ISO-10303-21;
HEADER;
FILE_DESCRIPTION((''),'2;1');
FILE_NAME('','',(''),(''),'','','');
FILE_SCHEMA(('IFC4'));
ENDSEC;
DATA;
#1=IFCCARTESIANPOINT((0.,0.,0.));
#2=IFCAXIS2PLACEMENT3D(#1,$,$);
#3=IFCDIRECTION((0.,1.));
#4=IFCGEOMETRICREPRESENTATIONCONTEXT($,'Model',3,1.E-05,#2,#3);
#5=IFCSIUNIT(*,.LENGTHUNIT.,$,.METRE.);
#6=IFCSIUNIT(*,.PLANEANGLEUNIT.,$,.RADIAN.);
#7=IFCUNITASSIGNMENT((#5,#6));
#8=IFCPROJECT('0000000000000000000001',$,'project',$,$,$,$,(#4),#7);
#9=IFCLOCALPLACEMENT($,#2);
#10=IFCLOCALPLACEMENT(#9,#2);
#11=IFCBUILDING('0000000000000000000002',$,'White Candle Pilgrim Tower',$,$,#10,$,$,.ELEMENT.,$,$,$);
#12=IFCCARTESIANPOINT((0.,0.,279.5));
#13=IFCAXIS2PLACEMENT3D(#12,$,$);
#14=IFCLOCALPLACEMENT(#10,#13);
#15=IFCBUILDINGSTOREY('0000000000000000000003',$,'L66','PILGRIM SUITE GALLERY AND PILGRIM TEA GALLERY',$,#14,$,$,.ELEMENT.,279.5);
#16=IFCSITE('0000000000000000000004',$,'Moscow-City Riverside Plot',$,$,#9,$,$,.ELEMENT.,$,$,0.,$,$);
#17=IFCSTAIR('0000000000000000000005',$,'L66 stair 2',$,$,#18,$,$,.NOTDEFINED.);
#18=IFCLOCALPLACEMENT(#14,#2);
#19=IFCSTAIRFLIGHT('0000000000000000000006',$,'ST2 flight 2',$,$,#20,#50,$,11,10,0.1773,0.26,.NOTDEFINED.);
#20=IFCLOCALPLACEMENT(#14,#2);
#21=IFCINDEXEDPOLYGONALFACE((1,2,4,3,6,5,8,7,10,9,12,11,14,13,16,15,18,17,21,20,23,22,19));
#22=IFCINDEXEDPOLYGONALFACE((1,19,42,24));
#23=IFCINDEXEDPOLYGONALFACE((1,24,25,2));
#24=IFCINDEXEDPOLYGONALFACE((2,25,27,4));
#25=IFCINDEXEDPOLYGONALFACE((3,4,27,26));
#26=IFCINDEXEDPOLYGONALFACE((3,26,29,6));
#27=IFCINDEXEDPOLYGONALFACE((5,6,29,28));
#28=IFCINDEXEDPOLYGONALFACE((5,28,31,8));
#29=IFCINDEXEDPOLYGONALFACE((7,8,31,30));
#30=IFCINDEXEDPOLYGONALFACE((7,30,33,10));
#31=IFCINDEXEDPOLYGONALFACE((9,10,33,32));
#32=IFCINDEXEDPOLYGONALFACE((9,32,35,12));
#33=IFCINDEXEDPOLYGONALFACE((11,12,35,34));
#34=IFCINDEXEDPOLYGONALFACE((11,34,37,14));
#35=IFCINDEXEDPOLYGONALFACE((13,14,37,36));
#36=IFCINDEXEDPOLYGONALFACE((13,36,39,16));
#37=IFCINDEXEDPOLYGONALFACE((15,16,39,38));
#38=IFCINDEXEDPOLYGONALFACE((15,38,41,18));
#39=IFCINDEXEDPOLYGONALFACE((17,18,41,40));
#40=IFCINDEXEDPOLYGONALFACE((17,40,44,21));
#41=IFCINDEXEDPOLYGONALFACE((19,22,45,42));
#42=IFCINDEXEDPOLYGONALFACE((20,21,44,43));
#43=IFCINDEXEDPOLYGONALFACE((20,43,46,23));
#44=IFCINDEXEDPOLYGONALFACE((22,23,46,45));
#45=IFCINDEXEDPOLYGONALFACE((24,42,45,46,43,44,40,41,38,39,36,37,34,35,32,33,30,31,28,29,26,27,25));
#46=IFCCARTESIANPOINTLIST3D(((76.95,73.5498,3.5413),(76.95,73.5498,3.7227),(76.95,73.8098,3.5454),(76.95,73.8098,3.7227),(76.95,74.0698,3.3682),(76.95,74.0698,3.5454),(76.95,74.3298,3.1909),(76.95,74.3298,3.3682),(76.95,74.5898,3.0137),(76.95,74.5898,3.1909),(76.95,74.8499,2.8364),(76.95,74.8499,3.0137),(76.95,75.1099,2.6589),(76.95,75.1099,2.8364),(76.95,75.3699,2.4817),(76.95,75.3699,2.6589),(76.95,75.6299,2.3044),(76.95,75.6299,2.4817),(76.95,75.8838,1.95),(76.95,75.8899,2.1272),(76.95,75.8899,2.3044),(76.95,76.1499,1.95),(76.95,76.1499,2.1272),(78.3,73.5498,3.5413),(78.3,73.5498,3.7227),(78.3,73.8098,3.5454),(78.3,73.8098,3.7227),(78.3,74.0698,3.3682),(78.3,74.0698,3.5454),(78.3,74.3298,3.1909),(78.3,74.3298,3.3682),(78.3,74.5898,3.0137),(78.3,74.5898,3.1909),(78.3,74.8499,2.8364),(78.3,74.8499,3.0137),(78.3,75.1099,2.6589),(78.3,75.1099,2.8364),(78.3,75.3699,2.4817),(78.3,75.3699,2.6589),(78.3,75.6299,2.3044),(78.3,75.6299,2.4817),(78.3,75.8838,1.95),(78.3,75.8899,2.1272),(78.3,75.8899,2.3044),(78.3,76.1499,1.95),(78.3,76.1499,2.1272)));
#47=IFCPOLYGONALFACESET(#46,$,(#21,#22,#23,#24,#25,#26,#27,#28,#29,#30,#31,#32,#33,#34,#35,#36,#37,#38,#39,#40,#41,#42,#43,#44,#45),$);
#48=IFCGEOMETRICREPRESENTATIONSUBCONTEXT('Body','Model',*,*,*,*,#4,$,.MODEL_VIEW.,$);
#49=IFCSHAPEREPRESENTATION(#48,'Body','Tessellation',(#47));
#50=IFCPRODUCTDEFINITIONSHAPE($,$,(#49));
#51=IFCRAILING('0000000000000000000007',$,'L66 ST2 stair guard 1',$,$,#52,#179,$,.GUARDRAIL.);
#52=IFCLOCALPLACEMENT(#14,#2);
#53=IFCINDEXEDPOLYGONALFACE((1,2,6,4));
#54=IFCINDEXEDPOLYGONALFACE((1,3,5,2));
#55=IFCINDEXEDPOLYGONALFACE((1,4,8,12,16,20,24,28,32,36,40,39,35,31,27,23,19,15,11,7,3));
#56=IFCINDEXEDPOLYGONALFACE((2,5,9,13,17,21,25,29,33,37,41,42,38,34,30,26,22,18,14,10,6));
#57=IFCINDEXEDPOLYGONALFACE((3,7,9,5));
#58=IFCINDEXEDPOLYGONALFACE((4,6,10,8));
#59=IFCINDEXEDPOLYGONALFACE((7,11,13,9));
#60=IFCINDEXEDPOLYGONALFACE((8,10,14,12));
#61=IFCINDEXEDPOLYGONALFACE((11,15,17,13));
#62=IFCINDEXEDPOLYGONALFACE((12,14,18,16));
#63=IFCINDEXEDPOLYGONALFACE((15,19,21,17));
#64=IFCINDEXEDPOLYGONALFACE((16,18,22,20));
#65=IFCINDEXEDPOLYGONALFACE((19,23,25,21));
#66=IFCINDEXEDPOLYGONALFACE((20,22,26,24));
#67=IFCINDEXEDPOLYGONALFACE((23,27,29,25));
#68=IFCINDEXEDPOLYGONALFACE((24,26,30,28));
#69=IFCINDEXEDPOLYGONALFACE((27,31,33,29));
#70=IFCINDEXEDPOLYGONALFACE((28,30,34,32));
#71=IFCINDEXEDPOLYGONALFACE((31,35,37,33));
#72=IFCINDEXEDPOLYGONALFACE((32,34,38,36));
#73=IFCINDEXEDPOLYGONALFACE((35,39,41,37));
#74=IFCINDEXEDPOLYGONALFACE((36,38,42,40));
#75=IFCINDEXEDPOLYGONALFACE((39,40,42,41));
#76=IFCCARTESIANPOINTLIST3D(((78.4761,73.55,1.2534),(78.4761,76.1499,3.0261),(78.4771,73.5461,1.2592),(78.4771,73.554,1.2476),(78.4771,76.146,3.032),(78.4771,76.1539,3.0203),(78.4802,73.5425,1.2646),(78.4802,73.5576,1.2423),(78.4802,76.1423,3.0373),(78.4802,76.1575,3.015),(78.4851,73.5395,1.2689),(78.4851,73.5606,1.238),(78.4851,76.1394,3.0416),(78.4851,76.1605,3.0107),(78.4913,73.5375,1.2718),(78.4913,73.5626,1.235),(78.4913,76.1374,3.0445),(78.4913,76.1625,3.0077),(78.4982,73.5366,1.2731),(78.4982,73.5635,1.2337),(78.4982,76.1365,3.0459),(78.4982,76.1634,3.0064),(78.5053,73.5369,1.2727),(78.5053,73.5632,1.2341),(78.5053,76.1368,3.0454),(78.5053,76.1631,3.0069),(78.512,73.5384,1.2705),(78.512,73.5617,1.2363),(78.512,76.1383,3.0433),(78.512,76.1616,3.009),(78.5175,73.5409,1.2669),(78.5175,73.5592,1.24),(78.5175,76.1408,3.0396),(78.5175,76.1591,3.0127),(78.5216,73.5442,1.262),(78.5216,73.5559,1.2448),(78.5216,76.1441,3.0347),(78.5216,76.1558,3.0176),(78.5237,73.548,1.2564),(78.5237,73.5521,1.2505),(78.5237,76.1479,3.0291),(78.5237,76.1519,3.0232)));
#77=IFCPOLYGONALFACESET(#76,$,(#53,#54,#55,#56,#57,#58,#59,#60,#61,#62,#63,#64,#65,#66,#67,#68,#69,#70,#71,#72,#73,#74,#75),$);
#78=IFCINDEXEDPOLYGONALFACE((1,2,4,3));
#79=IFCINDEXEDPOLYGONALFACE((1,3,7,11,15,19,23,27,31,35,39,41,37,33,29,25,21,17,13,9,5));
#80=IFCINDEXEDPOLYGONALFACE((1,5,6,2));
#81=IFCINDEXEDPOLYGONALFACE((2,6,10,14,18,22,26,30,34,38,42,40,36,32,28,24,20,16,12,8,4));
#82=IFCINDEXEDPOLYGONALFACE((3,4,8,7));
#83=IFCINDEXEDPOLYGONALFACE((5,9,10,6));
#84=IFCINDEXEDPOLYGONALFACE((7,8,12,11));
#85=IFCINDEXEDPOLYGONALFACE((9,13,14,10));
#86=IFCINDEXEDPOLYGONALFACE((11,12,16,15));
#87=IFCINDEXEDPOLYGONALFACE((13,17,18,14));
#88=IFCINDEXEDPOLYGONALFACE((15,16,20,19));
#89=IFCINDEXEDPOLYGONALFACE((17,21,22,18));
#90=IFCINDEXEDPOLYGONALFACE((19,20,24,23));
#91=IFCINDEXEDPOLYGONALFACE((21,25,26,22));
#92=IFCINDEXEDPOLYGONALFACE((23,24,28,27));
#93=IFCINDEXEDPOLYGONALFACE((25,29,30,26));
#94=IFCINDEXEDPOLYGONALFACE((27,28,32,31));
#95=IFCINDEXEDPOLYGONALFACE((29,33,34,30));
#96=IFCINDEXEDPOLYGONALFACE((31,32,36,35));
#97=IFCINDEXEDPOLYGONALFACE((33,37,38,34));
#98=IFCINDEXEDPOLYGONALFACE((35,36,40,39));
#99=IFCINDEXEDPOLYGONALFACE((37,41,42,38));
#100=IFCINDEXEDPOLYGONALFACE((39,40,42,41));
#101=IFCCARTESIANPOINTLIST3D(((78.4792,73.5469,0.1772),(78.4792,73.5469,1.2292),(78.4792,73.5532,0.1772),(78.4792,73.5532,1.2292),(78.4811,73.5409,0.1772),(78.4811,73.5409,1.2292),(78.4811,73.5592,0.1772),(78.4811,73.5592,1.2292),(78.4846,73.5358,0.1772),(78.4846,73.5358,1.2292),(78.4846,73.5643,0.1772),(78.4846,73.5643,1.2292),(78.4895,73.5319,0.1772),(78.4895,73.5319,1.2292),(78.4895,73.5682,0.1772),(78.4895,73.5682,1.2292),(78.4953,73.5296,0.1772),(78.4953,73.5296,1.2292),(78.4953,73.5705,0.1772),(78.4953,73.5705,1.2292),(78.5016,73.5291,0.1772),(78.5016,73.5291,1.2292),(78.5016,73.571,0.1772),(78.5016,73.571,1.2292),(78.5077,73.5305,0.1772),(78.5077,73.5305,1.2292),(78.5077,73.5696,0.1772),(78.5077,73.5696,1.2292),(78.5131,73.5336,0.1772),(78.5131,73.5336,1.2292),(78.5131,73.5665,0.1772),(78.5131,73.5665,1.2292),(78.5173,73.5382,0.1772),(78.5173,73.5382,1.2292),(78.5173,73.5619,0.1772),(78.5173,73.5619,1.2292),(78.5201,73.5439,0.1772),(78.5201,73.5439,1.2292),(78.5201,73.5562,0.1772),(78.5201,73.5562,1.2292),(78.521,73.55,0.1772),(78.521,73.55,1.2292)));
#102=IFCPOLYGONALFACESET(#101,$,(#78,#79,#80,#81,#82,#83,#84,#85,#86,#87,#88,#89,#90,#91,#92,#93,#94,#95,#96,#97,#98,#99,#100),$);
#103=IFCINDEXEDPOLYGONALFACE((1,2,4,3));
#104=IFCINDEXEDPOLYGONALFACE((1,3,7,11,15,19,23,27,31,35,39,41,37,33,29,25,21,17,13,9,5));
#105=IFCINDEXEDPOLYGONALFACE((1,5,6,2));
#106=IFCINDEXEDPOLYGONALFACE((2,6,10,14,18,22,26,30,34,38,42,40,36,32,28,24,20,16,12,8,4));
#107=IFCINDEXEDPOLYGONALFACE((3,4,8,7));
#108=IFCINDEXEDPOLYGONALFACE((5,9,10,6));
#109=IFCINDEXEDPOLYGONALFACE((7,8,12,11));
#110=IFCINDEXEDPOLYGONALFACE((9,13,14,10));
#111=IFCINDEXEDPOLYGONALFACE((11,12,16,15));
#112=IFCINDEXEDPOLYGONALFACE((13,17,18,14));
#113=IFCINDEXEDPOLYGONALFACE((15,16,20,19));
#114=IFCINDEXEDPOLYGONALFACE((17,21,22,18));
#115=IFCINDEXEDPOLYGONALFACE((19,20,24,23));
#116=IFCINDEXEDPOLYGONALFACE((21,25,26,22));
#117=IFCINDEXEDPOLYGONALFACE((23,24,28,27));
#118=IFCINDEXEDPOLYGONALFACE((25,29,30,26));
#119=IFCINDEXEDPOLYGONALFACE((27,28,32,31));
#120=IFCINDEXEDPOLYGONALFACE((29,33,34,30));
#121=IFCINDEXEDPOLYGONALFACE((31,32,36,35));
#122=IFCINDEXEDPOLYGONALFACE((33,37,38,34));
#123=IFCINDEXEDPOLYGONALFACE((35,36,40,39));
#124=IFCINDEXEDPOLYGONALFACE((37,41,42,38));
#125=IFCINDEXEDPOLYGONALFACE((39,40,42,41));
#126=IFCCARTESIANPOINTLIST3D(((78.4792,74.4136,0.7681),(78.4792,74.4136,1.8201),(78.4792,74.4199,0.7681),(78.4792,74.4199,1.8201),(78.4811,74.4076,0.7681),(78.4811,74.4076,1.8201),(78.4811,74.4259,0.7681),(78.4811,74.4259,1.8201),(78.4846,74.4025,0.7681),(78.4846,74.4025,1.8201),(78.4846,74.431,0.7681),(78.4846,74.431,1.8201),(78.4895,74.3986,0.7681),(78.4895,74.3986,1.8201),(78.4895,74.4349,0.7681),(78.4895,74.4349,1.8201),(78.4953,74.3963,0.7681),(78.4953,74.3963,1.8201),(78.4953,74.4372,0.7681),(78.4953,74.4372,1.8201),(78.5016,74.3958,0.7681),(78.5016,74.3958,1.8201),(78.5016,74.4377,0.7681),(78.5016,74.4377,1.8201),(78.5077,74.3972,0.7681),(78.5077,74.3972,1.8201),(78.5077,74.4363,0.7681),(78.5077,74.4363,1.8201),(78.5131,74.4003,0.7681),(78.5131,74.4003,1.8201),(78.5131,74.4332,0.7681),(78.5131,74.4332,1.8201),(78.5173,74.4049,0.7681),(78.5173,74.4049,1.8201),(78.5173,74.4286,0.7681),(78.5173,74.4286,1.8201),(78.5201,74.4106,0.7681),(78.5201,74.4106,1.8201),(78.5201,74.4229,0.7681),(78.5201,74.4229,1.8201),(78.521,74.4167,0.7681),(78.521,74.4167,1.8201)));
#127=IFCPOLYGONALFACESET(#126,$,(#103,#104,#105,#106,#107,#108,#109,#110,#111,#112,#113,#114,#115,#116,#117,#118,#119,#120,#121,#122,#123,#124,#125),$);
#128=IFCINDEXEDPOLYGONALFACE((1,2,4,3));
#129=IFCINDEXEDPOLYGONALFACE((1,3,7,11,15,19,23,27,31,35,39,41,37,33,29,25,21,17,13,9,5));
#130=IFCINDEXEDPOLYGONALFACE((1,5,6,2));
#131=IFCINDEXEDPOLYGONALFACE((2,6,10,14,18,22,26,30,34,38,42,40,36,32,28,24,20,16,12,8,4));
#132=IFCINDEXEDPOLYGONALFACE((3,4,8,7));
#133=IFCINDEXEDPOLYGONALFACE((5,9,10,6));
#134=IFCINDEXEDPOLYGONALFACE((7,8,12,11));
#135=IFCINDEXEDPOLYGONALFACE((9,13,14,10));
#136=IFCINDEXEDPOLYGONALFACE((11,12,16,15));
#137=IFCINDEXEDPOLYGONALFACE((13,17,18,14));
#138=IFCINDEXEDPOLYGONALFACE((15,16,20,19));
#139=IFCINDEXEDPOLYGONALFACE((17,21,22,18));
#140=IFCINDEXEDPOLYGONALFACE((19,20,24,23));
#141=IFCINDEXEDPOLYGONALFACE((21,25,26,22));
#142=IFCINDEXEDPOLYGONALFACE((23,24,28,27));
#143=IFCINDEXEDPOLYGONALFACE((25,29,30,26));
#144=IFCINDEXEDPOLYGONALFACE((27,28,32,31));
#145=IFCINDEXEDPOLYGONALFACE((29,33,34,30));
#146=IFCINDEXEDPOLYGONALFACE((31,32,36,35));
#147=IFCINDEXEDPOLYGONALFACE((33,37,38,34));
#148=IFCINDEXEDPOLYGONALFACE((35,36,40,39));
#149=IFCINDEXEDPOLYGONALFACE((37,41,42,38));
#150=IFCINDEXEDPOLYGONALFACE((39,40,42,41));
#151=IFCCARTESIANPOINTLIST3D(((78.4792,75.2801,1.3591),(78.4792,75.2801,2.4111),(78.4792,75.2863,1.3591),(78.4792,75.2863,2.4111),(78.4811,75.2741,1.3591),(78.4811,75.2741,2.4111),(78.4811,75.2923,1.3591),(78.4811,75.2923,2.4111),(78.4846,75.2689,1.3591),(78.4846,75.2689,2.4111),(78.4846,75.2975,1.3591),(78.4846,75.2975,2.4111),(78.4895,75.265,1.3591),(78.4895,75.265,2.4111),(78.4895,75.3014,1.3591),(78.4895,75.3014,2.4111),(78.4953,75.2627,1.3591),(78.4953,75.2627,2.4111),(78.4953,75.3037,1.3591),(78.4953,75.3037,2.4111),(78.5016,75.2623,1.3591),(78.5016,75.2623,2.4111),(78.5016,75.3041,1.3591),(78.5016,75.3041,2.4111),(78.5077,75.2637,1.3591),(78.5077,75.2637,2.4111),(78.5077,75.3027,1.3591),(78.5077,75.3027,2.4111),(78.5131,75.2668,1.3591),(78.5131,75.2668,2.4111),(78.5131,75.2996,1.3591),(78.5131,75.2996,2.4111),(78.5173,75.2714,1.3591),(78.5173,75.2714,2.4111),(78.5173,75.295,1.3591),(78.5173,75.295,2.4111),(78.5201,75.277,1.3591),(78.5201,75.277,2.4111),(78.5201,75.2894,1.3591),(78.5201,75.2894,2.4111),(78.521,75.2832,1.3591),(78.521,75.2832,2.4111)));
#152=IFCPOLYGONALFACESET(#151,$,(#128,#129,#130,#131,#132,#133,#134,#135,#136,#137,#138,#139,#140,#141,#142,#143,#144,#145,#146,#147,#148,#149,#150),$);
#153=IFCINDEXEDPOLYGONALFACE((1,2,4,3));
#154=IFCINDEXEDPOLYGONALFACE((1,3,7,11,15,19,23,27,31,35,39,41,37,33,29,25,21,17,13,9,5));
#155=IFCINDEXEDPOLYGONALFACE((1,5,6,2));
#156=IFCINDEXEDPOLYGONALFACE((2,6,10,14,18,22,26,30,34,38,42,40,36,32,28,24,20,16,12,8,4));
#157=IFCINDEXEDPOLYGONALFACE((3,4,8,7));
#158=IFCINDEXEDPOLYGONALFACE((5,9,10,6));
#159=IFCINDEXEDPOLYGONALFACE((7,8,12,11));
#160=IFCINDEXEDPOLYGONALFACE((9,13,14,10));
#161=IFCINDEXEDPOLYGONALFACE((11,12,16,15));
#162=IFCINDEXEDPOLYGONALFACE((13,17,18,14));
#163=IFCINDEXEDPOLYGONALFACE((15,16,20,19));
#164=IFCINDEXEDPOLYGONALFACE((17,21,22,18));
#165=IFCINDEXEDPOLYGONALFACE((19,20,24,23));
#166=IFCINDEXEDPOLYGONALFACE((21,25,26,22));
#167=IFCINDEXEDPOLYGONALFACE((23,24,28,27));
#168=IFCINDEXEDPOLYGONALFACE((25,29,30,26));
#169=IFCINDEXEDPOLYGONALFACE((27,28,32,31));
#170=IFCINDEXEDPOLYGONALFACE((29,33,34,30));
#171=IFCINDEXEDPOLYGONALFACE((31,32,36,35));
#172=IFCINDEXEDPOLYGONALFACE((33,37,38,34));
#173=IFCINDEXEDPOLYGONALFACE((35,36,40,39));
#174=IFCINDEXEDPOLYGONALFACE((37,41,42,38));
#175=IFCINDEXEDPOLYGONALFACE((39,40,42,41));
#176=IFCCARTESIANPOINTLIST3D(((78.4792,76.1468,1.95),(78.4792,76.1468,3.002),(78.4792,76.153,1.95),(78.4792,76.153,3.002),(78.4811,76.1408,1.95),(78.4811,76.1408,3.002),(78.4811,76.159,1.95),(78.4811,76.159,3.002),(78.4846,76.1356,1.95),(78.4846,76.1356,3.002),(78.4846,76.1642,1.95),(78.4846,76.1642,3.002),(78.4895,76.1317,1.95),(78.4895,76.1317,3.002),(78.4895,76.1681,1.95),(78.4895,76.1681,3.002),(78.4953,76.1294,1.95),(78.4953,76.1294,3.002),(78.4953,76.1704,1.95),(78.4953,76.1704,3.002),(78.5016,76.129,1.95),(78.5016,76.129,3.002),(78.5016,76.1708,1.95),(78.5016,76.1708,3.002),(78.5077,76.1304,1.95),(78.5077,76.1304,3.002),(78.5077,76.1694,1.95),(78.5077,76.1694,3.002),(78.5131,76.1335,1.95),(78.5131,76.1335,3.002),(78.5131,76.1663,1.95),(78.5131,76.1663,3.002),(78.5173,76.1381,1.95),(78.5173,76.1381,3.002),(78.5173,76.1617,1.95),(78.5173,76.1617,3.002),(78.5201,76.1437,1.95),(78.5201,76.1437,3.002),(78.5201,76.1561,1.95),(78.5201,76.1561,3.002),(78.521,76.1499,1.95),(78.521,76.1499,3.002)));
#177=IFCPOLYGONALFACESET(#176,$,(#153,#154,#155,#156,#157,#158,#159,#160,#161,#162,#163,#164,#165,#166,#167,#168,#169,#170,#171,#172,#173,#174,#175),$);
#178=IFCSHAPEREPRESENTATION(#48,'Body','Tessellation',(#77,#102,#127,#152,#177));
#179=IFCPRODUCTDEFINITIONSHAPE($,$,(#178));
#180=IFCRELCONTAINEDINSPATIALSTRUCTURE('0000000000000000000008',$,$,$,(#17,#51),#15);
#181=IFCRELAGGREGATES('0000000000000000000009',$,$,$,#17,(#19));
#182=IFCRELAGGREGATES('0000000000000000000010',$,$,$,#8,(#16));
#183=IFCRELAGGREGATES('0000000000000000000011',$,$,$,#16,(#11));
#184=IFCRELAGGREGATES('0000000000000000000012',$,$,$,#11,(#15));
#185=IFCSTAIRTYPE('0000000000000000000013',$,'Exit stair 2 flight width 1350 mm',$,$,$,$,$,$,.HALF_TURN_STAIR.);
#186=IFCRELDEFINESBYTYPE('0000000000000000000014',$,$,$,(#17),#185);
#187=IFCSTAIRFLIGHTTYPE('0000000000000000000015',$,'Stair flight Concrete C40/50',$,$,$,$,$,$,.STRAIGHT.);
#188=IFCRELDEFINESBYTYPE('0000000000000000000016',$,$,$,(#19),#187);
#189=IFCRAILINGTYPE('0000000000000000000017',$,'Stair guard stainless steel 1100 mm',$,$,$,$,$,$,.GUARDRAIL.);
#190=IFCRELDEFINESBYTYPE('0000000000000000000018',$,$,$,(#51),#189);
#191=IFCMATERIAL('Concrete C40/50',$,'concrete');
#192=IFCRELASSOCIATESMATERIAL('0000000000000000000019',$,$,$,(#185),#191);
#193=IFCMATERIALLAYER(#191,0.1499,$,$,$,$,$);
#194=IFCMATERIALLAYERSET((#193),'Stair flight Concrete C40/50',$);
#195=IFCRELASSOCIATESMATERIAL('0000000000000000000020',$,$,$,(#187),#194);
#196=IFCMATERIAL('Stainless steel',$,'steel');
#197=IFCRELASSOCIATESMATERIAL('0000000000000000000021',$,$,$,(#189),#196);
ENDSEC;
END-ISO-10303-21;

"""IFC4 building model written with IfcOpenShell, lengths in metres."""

from ifc_helpers import new_model, si_unit, direction, frame, origin, origin_2d, place, context, subcontext, project, spatial, polyline, circle, outline, extrude, material, layer, layer_set, type_object, element, aggregate, save


model = new_model("IFC4")

# Units and contexts
model_context = context("Model", 3, precision=1e-05, world=origin(), true_north=direction((0.0, 1.0)))
body_context = subcontext(model_context, "Body", "Model", "MODEL_VIEW")
ifc_project = project(units=[si_unit("LENGTHUNIT", "METRE"), si_unit("PLANEANGLEUNIT", "RADIAN")], contexts=[model_context])

# Site, building, storey
site_placement = place(None, origin())
site = spatial("IfcSite", under=ifc_project, at=site_placement, Name="Moscow-City Riverside Plot", CompositionType="ELEMENT", RefElevation=0.0)
building_placement = place(site_placement, origin())
building = spatial("IfcBuilding", under=site, at=building_placement, Name="White Candle Pilgrim Tower", CompositionType="ELEMENT")
storey_placement = place(building_placement, frame((0.0, 0.0, 279.5)))
storey = spatial("IfcBuildingStorey", under=building, at=storey_placement, Name="L66", Description="PILGRIM SUITE GALLERY AND PILGRIM TEA GALLERY", CompositionType="ELEMENT", Elevation=279.5)

# Stair, stair flight
ifc_material_1 = material(Name="Concrete C40/50", Category="concrete")
stair_type = type_object("IfcStairType", Name="Exit stair 2 flight width 1350 mm", PredefinedType="HALF_TURN_STAIR", material=ifc_material_1)
stair_placement = place(storey_placement, origin())
stair = element("IfcStair", 1, at=stair_placement, inside=storey, type_object=stair_type, Name="L66 stair 2", PredefinedType="NOTDEFINED")
ifc_layer_1 = layer(ifc_material_1, 0.1499)
ifc_layer_set_1 = layer_set([ifc_layer_1], Name="Stair flight Concrete C40/50")
stair_flight_type = type_object("IfcStairFlightType", Name="Stair flight Concrete C40/50", PredefinedType="STRAIGHT", material=ifc_layer_set_1)
stair_flight_1_placement = place(storey_placement, frame((77.625, 76.1499, 1.95), z_axis=(0.0, 0.0, 1.0), x_axis=(0.0, -1.0, 0.0)))
stair_flight_1 = element("IfcStairFlight", 2, at=stair_flight_1_placement, type_object=stair_flight_type, Name="ST2 flight 2", NumberOfRisers=11, NumberOfTreads=10, PredefinedType="NOTDEFINED", RiserHeight=0.1773, TreadLength=0.26, context=body_context, shape_type="SweptSolid", body=[
    extrude(outline(polyline([(0.0, 0.0), (0.0, 0.1772), (0.26, 0.1772), (0.26, 0.3545), (0.52, 0.3545), (0.52, 0.5317), (0.78, 0.5317), (0.78, 0.709), (1.04, 0.709), (1.04, 0.8865), (1.3, 0.8865), (1.3, 1.0637), (1.5601, 1.0637), (1.5601, 1.241), (1.8201, 1.241), (1.8201, 1.4182), (2.0801, 1.4182), (2.0801, 1.5955), (2.3401, 1.5955), (2.3401, 1.7727), (2.6001, 1.7727), (2.6001, 1.95), (2.6001, 1.5913), (0.2661, 0.0), (0.0, 0.0)])), frame((0.0, 0.675, 0.0), z_axis=(0.0, -1.0, 0.0), x_axis=(1.0, 0.0, 0.0)), (0.0, 0.0, 1.0), 1.3501),
])
aggregate(stair, [stair_flight_1])

# Railing
ifc_material_2 = material(Name="Stainless steel", Category="steel")
railing_type_1 = type_object("IfcRailingType", Name="Stair guard stainless steel 1100 mm", PredefinedType="GUARDRAIL", material=ifc_material_2)
railing_1_placement = place(storey_placement, frame((78.5, 73.55, 0.1772)))
element("IfcRailing", 3, at=railing_1_placement, inside=storey, type_object=railing_type_1, Name="L66 ST2 stair guard 1", PredefinedType="GUARDRAIL", context=body_context, shape_type="SweptSolid", body=[
    extrude(circle(Radius=0.0239, at=origin_2d()), frame((0.0, 0.0, 1.0762), z_axis=(0.0, 0.826216, 0.563354), x_axis=(-1.0, 0.0, 0.0)), (0.0, 0.0, 1.0), 3.1467),
    extrude(circle(Radius=0.021, at=origin_2d()), origin(), (0.0, 0.0, 1.0), 1.052),
    extrude(circle(Radius=0.021, at=origin_2d()), frame((0.0, 0.8667, 0.5908)), (0.0, 0.0, 1.0), 1.052),
    extrude(circle(Radius=0.021, at=origin_2d()), frame((0.0, 1.7332, 1.1819)), (0.0, 0.0, 1.0), 1.052),
    extrude(circle(Radius=0.021, at=origin_2d()), frame((0.0, 2.5999, 1.7727)), (0.0, 0.0, 1.0), 1.052),
])

save(model, "model.ifc")
